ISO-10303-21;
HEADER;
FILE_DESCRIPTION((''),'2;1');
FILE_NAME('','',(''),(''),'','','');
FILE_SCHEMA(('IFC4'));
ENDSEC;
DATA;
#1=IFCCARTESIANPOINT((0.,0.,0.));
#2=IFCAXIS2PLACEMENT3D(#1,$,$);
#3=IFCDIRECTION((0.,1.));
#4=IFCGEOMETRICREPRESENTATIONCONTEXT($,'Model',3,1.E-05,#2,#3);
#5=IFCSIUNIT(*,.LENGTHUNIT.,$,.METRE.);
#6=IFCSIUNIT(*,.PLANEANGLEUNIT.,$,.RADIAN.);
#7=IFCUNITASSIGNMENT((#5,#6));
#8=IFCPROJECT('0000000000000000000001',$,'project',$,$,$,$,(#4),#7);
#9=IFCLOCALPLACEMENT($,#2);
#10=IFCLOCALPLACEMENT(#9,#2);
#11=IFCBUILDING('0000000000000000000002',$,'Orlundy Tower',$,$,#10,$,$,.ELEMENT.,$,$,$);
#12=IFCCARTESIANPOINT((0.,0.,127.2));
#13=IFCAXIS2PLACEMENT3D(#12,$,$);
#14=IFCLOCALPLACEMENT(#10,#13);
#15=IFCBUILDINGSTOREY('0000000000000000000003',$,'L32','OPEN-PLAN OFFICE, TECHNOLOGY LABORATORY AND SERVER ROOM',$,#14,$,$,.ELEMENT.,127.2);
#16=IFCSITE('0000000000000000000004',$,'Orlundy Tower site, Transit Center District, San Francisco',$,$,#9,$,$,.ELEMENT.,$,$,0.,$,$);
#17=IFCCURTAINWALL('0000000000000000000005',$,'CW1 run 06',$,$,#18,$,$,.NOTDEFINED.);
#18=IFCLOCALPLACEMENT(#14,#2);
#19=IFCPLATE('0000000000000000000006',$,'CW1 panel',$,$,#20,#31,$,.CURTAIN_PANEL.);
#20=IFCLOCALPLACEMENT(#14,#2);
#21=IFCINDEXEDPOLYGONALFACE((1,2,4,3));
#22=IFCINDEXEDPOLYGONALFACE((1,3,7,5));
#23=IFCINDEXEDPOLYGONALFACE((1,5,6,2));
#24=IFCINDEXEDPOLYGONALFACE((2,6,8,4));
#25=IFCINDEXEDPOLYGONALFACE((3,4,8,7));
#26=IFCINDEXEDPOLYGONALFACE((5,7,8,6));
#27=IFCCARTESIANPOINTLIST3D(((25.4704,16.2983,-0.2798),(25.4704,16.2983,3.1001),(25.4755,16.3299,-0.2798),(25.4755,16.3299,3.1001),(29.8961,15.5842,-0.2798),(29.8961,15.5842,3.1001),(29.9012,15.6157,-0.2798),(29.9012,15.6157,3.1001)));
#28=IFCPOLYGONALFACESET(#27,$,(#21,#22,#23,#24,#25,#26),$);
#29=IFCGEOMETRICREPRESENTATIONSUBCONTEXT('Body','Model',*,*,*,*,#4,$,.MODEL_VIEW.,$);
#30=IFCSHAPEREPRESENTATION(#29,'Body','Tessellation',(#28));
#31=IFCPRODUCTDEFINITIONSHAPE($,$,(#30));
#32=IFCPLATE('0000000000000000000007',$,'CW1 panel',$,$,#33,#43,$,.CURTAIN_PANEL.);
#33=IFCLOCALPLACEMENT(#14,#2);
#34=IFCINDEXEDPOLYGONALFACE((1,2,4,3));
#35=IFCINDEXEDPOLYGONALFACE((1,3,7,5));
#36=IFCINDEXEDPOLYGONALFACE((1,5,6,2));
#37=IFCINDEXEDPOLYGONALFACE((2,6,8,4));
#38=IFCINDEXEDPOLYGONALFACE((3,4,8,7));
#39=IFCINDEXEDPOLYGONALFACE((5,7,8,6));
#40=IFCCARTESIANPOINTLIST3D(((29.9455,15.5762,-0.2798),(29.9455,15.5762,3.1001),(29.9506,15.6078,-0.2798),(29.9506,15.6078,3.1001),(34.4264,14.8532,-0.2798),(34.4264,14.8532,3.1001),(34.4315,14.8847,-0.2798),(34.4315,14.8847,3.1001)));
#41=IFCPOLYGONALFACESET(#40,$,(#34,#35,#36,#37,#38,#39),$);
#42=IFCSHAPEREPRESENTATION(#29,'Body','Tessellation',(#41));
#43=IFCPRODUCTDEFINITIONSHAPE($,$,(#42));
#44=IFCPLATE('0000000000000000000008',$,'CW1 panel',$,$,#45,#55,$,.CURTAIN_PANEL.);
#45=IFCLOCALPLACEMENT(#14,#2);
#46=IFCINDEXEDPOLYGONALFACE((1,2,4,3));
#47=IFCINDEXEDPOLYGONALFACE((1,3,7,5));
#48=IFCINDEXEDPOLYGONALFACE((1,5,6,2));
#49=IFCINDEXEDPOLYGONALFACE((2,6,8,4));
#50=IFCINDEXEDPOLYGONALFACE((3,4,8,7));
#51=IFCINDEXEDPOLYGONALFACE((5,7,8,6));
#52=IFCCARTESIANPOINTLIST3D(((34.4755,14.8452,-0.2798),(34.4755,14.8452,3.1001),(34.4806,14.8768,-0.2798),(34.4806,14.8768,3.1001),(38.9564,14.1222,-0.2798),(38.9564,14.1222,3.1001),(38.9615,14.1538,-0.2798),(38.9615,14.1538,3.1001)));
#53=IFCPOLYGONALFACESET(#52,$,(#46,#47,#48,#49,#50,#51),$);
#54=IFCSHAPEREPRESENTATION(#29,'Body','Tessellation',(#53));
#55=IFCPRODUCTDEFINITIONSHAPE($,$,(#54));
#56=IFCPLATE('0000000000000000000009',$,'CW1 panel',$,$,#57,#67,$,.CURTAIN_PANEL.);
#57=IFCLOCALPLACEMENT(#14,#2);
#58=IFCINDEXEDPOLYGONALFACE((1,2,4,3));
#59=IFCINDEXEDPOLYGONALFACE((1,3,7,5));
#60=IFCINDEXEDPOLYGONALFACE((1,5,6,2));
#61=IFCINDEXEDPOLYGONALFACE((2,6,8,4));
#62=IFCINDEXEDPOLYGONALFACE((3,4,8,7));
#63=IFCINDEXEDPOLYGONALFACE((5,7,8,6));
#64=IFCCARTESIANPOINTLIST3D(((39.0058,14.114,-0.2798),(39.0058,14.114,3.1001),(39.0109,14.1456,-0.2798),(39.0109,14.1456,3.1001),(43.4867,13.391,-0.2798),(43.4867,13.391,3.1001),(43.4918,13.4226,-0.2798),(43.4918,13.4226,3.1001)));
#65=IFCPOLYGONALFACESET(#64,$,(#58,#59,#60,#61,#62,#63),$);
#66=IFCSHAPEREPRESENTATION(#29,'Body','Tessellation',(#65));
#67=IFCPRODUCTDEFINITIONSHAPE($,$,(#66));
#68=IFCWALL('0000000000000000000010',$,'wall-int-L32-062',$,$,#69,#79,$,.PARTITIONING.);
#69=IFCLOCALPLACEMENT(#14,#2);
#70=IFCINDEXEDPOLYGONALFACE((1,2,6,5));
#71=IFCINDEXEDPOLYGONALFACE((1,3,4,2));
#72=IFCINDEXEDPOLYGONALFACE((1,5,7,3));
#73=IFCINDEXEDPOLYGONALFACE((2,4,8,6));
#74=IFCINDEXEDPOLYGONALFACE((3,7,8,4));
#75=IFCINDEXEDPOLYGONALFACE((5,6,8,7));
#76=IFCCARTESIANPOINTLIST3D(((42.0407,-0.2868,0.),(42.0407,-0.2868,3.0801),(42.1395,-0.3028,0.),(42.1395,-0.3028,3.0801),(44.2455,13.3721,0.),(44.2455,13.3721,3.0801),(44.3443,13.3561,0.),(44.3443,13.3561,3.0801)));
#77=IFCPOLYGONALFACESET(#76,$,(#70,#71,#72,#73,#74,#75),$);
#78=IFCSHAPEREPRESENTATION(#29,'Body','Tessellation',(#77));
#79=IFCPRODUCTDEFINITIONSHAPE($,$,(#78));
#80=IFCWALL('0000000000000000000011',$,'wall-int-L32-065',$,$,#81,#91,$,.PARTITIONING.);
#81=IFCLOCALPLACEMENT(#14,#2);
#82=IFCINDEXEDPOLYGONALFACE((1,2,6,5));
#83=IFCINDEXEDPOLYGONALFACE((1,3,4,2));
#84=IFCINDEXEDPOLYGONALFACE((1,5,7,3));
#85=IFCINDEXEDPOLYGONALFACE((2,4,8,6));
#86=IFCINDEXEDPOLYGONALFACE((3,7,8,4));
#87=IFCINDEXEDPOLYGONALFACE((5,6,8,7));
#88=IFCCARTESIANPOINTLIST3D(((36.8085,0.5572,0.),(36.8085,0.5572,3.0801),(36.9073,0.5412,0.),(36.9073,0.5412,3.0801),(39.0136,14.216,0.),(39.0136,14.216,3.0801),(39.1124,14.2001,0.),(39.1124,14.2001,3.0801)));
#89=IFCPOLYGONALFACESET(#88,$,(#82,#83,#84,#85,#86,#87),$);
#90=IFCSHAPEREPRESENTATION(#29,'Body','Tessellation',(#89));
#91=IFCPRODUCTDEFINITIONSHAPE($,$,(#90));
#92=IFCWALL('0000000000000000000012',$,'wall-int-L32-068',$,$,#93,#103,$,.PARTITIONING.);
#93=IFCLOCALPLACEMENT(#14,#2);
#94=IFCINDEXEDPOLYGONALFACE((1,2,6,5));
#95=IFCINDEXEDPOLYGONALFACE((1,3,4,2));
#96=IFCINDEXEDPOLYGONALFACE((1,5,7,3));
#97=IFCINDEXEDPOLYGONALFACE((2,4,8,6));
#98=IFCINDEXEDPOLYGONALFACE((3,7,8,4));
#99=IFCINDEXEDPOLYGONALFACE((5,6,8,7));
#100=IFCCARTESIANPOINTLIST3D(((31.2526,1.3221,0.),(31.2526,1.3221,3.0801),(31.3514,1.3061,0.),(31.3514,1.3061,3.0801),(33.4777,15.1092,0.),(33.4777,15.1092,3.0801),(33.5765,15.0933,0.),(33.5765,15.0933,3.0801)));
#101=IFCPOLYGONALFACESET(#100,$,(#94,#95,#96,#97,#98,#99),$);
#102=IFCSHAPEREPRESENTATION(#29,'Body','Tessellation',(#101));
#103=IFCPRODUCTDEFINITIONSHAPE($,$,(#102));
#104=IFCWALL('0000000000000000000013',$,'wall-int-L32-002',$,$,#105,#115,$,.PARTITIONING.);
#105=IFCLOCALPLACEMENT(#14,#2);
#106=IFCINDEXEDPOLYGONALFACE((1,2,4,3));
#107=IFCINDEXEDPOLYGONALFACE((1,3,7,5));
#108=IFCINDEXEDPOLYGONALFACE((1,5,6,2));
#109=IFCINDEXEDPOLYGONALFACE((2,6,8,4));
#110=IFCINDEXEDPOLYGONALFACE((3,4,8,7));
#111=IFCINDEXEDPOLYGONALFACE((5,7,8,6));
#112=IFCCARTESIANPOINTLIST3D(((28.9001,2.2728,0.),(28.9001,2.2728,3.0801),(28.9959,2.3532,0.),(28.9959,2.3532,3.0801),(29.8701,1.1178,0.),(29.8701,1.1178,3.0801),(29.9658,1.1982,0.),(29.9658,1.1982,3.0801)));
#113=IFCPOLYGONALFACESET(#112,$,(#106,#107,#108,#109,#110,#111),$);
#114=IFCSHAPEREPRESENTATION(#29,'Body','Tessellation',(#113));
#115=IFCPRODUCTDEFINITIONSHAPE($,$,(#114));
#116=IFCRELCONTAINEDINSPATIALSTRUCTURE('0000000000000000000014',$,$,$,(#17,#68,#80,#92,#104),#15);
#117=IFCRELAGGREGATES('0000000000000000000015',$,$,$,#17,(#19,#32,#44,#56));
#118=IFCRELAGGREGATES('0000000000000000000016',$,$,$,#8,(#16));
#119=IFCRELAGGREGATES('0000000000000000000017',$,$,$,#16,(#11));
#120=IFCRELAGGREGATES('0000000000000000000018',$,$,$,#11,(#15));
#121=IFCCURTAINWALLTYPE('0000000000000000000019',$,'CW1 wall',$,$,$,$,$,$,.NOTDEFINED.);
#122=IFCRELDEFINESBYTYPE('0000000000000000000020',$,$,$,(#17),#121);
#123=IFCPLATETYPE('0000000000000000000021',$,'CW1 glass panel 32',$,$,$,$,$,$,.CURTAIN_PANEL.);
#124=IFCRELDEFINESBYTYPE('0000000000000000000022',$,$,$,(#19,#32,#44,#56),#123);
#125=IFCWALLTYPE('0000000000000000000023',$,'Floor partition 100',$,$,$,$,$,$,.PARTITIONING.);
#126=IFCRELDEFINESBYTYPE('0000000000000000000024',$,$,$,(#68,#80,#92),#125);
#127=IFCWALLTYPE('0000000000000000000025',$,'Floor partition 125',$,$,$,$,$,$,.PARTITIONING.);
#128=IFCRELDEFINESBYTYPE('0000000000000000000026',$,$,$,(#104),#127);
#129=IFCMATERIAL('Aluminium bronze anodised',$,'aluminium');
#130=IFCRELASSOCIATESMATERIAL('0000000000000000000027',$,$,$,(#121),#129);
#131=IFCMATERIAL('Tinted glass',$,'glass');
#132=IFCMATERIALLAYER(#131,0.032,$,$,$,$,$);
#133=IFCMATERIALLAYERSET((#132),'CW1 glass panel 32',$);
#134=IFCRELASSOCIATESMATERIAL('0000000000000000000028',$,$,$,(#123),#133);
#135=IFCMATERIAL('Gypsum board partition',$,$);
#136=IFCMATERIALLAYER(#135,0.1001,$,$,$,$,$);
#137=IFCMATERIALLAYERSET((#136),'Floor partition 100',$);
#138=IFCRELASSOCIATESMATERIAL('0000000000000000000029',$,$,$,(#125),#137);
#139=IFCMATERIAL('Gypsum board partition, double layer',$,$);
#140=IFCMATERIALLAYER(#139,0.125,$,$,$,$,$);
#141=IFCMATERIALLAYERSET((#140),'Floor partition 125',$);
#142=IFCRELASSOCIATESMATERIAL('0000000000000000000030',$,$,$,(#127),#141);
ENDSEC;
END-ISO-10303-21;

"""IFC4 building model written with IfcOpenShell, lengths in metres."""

from ifc_helpers import new_model, si_unit, direction, frame, frame_2d, origin, origin_2d, place, context, subcontext, project, spatial, rectangle, extrude, material, layer, layer_set, type_object, element, aggregate, save


model = new_model("IFC4")

# Units and contexts
model_context = context("Model", 3, precision=1e-05, world=origin(), true_north=direction((0.0, 1.0)))
body_context = subcontext(model_context, "Body", "Model", "MODEL_VIEW")
ifc_project = project(units=[si_unit("LENGTHUNIT", "METRE"), si_unit("PLANEANGLEUNIT", "RADIAN")], contexts=[model_context])

# Site, building, storey
site_placement = place(None, origin())
site = spatial("IfcSite", under=ifc_project, at=site_placement, Name="Orlundy Tower site, Transit Center District, San Francisco", CompositionType="ELEMENT", RefElevation=0.0)
building_placement = place(site_placement, origin())
building = spatial("IfcBuilding", under=site, at=building_placement, Name="Orlundy Tower", CompositionType="ELEMENT")
storey_placement = place(building_placement, frame((0.0, 0.0, 127.2)))
storey = spatial("IfcBuildingStorey", under=building, at=storey_placement, Name="L32", Description="OPEN-PLAN OFFICE, TECHNOLOGY LABORATORY AND SERVER ROOM", CompositionType="ELEMENT", Elevation=127.2)

# Curtain wall, plates
ifc_material_1 = material(Name="Aluminium bronze anodised", Category="aluminium")
curtain_wall_type = type_object("IfcCurtainWallType", Name="CW1 wall", PredefinedType="NOTDEFINED", material=ifc_material_1)
curtain_wall_placement = place(storey_placement, origin())
curtain_wall = element("IfcCurtainWall", 1, at=curtain_wall_placement, inside=storey, type_object=curtain_wall_type, Name="CW1 run 06", PredefinedType="NOTDEFINED")
ifc_material_2 = material(Name="Tinted glass", Category="glass")
ifc_layer_1 = layer(ifc_material_2, 0.032)
ifc_layer_set_1 = layer_set([ifc_layer_1], Name="CW1 glass panel 32")
plate_type = type_object("IfcPlateType", Name="CW1 glass panel 32", PredefinedType="CURTAIN_PANEL", material=ifc_layer_set_1)
plate_1_placement = place(storey_placement, frame((27.6858, 15.957, -0.2798), z_axis=(0.0, 0.0, 1.0), x_axis=(0.98723, -0.159302, 0.0)))
plate_1 = element("IfcPlate", 2, at=plate_1_placement, type_object=plate_type, Name="CW1 panel", PredefinedType="CURTAIN_PANEL", context=body_context, shape_type="SweptSolid", body=[
    extrude(rectangle(XDim=4.4829, YDim=0.032, at=origin_2d()), origin(), (0.0, 0.0, 1.0), 3.3799),
])
plate_2_placement = place(storey_placement, frame((32.1885, 15.2305, -0.2798), z_axis=(0.0, 0.0, 1.0), x_axis=(0.98723, -0.159302, 0.0)))
plate_2 = element("IfcPlate", 3, at=plate_2_placement, type_object=plate_type, Name="CW1 panel", PredefinedType="CURTAIN_PANEL", context=body_context, shape_type="SweptSolid", body=[
    extrude(rectangle(XDim=4.5388, YDim=0.032, at=origin_2d()), origin(), (0.0, 0.0, 1.0), 3.3799),
])
plate_3_placement = place(storey_placement, frame((36.7185, 14.4995, -0.2798), z_axis=(0.0, 0.0, 1.0), x_axis=(0.98723, -0.159302, 0.0)))
plate_3 = element("IfcPlate", 4, at=plate_3_placement, type_object=plate_type, Name="CW1 panel", PredefinedType="CURTAIN_PANEL", context=body_context, shape_type="SweptSolid", body=[
    extrude(rectangle(XDim=4.5388, YDim=0.032, at=origin_2d()), origin(), (0.0, 0.0, 1.0), 3.3799),
])
plate_4_placement = place(storey_placement, frame((41.2488, 13.7683, -0.2798), z_axis=(0.0, 0.0, 1.0), x_axis=(0.98723, -0.159302, 0.0)))
plate_4 = element("IfcPlate", 5, at=plate_4_placement, type_object=plate_type, Name="CW1 panel", PredefinedType="CURTAIN_PANEL", context=body_context, shape_type="SweptSolid", body=[
    extrude(rectangle(XDim=4.5388, YDim=0.032, at=origin_2d()), origin(), (0.0, 0.0, 1.0), 3.3799),
])
aggregate(curtain_wall, [plate_1, plate_2, plate_3, plate_4])

# Walls
ifc_material_3 = material(Name="Gypsum board partition")
ifc_layer_2 = layer(ifc_material_3, 0.1001)
ifc_layer_set_2 = layer_set([ifc_layer_2], Name="Floor partition 100")
wall_type_1 = type_object("IfcWallType", Name="Floor partition 100", PredefinedType="PARTITIONING", material=ifc_layer_set_2)
for number, where, z_axis, x_axis, name in (
    (6, (42.0901, -0.2949, 0.0), (0.0, 0.0, 1.0), (0.159358, 0.987221, 0.0), "wall-int-L32-062"),
    (7, (36.8579, 0.5491, 0.0), (0.0, 0.0, 1.0), (0.159375, 0.987218, 0.0), "wall-int-L32-065"),
):
    element("IfcWall", number, at=place(storey_placement, frame(where, z_axis=z_axis, x_axis=x_axis)), inside=storey, type_object=wall_type_1, Name=name, PredefinedType="PARTITIONING", context=body_context, shape_type="SweptSolid", body=[
        extrude(rectangle(XDim=13.8357, YDim=0.1001, at=frame_2d((6.918, 0.0))), origin(), (0.0, 0.0, 1.0), 3.0801),
    ])
wall_1_placement = place(storey_placement, frame((31.302, 1.314, 0.0), z_axis=(0.0, 0.0, 1.0), x_axis=(0.159328, 0.987226, 0.0)))
element("IfcWall", 8, at=wall_1_placement, inside=storey, type_object=wall_type_1, Name="wall-int-L32-068", PredefinedType="PARTITIONING", context=body_context, shape_type="SweptSolid", body=[
    extrude(rectangle(XDim=13.9656, YDim=0.1001, at=frame_2d((6.9829, 0.0))), origin(), (0.0, 0.0, 1.0), 3.0801),
])
ifc_material_4 = material(Name="Gypsum board partition, double layer")
ifc_layer_3 = layer(ifc_material_4, 0.125)
ifc_layer_set_3 = layer_set([ifc_layer_3], Name="Floor partition 125")
wall_type_2 = type_object("IfcWallType", Name="Floor partition 125", PredefinedType="PARTITIONING", material=ifc_layer_set_3)
wall_2_placement = place(storey_placement, frame((29.918, 1.158, 0.0), z_axis=(0.0, 0.0, 1.0), x_axis=(-0.643093, 0.765788, 0.0)))
element("IfcWall", 9, at=wall_2_placement, inside=storey, type_object=wall_type_2, Name="wall-int-L32-002", PredefinedType="PARTITIONING", context=body_context, shape_type="SweptSolid", body=[
    extrude(rectangle(XDim=1.5083, YDim=0.125, at=frame_2d((0.7542, 0.0))), origin(), (0.0, 0.0, 1.0), 3.0801),
])

save(model, "model.ifc")
